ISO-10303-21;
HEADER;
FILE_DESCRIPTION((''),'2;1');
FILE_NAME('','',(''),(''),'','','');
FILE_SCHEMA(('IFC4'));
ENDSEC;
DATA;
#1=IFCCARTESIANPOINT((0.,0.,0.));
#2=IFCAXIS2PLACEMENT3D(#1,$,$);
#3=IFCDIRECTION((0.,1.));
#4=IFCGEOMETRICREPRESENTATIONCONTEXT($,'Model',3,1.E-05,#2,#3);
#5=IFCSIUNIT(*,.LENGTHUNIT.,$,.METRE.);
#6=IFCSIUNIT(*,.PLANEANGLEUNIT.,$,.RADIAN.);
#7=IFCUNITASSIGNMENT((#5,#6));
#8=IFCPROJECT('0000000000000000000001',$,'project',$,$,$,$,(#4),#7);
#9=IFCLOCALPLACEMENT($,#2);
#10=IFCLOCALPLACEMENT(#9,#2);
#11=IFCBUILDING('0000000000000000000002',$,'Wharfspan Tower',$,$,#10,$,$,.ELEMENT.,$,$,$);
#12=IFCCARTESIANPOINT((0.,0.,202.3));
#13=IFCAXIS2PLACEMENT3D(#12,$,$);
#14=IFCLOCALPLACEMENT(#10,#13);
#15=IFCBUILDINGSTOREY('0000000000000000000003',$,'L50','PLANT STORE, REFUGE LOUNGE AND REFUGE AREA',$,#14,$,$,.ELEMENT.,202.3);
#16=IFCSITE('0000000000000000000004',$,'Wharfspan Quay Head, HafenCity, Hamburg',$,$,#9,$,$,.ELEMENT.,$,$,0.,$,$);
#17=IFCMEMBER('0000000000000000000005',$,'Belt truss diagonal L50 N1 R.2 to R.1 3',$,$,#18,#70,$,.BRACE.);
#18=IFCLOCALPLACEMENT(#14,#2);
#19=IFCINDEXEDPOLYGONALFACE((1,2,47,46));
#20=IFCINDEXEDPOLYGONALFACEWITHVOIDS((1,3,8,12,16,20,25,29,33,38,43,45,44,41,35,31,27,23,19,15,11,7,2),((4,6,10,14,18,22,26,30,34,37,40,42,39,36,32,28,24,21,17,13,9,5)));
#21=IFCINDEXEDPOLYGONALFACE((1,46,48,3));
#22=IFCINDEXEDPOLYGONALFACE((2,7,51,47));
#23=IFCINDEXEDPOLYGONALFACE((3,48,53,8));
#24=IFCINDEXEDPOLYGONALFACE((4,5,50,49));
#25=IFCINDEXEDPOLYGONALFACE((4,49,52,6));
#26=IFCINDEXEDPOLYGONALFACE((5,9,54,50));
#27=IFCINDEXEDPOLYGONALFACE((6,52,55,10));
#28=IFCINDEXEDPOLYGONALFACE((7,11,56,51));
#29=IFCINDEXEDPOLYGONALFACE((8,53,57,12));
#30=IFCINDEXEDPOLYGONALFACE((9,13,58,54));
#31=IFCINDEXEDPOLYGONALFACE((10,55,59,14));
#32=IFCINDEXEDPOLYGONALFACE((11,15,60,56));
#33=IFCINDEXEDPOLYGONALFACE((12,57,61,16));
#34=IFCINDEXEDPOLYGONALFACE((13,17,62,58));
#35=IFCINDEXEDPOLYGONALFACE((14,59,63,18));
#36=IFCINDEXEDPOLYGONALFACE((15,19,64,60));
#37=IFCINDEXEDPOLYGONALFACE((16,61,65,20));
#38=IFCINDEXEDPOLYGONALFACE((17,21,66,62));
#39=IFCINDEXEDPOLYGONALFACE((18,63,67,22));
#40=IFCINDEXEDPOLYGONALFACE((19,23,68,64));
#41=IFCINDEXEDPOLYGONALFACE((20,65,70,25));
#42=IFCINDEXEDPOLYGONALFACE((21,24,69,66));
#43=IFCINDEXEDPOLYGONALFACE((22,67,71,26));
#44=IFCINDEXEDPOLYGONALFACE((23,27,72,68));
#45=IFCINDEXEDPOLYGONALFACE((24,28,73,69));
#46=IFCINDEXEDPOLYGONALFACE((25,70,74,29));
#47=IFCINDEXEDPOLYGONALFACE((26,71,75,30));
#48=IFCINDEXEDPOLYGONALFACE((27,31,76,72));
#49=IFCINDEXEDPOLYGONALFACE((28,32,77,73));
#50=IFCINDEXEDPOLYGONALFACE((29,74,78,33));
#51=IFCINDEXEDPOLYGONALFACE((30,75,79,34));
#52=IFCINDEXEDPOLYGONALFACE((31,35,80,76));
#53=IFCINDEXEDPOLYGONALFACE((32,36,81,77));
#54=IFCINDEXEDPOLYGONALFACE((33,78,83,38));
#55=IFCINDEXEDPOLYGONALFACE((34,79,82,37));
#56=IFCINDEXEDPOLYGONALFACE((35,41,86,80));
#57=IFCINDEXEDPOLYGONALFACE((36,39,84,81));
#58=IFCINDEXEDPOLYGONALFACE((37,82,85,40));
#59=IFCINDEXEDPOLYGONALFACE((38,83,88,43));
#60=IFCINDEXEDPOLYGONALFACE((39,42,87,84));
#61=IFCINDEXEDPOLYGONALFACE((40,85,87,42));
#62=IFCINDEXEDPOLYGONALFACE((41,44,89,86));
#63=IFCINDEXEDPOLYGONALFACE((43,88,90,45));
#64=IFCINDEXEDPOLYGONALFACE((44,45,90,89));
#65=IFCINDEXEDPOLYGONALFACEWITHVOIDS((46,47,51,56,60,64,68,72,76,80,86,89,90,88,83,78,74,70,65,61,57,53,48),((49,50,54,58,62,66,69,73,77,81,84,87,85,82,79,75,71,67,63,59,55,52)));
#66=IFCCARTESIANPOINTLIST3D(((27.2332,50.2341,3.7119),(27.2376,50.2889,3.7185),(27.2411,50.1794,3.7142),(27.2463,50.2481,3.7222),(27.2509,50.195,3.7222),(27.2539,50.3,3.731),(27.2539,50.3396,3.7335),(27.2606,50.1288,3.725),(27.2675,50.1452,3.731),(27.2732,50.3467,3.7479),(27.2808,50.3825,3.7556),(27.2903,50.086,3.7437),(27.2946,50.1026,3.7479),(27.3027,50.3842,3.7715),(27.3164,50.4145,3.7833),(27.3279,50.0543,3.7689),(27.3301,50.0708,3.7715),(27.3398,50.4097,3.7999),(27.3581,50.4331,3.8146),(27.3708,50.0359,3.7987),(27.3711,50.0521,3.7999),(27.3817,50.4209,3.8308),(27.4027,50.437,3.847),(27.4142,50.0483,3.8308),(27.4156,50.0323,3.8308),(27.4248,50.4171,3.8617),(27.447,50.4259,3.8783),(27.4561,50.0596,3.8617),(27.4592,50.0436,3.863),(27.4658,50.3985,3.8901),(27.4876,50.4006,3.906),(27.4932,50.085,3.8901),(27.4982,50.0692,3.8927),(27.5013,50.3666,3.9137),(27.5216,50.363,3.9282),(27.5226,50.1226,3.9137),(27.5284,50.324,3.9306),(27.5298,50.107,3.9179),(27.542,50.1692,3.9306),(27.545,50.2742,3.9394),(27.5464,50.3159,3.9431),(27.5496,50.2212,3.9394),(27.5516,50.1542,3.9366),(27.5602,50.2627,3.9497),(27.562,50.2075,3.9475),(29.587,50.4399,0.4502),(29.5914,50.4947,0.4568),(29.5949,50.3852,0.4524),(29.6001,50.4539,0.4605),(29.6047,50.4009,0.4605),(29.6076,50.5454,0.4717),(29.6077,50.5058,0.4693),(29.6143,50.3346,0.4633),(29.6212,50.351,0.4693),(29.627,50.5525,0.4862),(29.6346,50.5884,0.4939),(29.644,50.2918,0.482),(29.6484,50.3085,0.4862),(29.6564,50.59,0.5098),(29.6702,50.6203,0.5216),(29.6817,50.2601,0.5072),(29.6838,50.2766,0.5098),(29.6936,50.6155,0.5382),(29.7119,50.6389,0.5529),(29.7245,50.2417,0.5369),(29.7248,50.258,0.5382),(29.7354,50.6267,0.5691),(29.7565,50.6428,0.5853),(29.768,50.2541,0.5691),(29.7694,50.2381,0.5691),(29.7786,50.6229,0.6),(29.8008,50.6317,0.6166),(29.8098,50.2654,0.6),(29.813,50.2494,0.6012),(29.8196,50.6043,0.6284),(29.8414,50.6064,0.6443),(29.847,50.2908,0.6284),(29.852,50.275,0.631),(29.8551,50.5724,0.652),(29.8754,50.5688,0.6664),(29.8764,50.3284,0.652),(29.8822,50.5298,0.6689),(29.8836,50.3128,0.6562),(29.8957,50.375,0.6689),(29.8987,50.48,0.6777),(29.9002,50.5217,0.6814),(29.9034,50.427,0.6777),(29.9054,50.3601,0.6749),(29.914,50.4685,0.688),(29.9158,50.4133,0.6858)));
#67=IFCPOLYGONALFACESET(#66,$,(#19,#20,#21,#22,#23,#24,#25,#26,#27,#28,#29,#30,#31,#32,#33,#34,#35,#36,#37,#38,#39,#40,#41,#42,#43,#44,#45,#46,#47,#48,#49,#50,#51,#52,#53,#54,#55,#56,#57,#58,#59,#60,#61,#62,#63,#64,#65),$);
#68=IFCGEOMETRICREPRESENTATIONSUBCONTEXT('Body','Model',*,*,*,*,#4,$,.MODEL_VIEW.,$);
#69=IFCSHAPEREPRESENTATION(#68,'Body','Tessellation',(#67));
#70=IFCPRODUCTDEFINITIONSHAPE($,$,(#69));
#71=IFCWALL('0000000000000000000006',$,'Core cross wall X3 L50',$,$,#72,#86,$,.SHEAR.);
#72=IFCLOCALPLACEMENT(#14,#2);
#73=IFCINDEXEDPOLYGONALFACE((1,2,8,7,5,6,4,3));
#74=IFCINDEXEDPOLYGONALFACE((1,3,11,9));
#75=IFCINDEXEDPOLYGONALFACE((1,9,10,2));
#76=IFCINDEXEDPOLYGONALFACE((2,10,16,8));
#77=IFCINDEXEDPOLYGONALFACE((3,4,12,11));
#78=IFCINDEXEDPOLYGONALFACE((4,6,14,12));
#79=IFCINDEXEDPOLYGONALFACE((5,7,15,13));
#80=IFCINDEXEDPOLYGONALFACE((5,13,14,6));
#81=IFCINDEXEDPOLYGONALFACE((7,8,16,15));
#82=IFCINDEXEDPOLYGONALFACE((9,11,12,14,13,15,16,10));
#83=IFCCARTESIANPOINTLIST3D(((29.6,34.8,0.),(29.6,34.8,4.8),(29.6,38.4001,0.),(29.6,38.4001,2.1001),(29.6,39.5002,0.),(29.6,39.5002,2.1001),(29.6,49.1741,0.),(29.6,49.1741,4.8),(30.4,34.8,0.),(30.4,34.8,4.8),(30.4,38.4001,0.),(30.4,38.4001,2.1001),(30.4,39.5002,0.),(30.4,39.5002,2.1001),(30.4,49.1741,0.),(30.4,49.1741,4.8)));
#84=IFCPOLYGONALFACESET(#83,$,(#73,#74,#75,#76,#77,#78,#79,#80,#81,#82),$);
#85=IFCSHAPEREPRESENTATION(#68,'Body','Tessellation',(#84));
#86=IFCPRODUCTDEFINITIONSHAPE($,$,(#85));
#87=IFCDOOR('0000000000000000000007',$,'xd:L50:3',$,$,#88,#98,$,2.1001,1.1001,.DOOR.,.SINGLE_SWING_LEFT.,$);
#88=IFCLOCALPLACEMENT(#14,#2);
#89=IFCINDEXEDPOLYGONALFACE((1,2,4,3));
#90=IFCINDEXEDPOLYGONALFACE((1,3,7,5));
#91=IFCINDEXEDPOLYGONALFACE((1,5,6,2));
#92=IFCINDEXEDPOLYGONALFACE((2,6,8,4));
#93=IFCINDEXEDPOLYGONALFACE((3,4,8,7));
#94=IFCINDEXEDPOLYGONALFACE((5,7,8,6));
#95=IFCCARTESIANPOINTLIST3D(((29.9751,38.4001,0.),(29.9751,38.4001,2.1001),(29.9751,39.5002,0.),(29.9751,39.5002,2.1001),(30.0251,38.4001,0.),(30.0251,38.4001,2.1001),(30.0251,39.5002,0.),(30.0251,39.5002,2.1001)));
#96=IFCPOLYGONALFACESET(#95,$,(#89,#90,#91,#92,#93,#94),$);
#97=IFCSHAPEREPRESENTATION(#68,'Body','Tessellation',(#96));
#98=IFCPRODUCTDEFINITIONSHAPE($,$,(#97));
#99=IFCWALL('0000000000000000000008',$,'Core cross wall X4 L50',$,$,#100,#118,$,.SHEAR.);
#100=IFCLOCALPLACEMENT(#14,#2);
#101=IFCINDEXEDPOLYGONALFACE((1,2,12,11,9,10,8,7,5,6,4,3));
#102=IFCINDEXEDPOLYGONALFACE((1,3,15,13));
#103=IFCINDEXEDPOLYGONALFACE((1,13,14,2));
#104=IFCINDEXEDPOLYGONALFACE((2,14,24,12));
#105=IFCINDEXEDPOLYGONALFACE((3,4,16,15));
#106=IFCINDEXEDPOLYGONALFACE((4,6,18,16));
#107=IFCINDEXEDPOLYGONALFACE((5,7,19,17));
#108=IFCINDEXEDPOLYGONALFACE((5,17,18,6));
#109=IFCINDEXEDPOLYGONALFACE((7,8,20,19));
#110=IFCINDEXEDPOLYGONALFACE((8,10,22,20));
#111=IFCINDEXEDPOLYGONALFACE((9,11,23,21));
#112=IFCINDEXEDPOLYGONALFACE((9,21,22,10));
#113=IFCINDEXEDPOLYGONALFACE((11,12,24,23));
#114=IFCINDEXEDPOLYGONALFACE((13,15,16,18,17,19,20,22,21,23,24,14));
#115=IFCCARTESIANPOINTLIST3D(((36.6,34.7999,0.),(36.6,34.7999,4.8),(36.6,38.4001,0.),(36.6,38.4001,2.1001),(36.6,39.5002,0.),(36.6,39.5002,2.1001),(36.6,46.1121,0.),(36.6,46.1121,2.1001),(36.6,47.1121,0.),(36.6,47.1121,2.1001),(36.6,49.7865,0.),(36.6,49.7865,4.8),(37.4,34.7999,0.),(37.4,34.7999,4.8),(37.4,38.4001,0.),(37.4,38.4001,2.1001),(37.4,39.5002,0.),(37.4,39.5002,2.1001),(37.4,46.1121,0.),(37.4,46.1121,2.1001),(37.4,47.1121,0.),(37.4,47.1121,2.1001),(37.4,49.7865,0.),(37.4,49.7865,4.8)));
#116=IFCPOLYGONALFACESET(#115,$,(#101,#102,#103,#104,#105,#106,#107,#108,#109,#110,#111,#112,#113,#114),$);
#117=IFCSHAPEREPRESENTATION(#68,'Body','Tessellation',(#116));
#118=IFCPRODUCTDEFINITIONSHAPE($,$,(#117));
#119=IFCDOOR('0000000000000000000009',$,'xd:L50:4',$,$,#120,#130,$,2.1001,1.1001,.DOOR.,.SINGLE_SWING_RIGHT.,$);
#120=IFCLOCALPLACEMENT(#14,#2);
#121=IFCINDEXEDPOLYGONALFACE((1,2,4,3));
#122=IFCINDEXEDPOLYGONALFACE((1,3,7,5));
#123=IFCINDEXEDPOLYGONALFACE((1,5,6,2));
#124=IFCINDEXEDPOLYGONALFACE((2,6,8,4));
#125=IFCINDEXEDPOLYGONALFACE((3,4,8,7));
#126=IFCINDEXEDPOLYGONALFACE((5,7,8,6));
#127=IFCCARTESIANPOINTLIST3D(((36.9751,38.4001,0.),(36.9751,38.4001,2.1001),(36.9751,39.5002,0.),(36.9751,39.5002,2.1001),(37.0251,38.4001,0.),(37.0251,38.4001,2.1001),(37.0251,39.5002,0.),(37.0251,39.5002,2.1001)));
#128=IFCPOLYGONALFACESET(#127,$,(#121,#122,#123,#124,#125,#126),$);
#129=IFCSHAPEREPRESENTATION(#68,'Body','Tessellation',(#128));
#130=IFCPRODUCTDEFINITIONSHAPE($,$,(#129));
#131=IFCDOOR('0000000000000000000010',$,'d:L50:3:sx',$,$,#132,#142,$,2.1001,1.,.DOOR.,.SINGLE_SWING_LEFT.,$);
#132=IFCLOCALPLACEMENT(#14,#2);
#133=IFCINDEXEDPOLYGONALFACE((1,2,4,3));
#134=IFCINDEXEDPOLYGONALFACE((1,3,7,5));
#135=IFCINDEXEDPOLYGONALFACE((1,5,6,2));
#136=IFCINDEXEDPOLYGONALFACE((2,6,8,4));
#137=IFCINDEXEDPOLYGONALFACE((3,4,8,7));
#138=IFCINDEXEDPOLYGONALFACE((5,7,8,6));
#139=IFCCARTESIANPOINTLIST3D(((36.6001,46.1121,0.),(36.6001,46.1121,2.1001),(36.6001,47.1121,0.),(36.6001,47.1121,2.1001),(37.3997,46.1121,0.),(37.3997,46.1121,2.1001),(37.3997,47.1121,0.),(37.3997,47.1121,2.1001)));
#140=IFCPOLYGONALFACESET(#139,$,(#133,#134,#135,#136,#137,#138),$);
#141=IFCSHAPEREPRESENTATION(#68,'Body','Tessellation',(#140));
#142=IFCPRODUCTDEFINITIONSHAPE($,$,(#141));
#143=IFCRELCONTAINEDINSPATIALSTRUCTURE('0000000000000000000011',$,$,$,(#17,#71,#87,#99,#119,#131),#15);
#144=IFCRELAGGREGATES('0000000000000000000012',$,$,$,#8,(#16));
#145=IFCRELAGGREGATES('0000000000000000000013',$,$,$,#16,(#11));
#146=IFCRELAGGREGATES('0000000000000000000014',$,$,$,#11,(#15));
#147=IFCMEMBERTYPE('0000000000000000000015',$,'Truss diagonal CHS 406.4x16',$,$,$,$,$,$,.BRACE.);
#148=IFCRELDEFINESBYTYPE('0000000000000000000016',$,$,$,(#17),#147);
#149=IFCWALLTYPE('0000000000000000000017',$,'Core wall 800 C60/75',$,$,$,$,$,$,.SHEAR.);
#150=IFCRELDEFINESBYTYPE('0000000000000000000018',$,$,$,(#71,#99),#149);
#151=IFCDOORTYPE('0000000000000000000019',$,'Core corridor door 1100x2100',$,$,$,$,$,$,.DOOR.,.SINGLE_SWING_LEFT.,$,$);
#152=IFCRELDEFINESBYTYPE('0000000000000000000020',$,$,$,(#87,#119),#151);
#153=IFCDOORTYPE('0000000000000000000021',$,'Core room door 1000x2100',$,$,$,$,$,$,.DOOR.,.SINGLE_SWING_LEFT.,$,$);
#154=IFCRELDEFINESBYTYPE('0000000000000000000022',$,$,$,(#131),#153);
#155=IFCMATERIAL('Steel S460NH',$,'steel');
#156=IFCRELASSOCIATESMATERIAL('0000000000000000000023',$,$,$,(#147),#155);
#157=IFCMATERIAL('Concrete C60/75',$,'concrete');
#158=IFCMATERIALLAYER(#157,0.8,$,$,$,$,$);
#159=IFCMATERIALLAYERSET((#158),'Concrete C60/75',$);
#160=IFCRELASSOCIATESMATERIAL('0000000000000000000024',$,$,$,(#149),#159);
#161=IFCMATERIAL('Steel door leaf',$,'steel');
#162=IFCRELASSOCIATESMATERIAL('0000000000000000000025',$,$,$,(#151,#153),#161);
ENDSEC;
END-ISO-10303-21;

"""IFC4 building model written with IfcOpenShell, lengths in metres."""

from ifc_helpers import new_model, si_unit, direction, frame, frame_2d, origin, origin_2d, place, context, subcontext, project, spatial, rectangle, hollow_circle, extrude, material, layer, layer_set, material_profile, profile_set, type_object, element, fill, save


model = new_model("IFC4")

# Units and contexts
model_context = context("Model", 3, precision=1e-05, world=origin(), true_north=direction((0.0, 1.0)))
body_context = subcontext(model_context, "Body", "Model", "MODEL_VIEW")
ifc_project = project(units=[si_unit("LENGTHUNIT", "METRE"), si_unit("PLANEANGLEUNIT", "RADIAN")], contexts=[model_context])

# Site, building, storey
site_placement = place(None, origin())
site = spatial("IfcSite", under=ifc_project, at=site_placement, Name="Wharfspan Quay Head, HafenCity, Hamburg", CompositionType="ELEMENT", RefElevation=0.0)
building_placement = place(site_placement, origin())
building = spatial("IfcBuilding", under=site, at=building_placement, Name="Wharfspan Tower", CompositionType="ELEMENT")
storey_placement = place(building_placement, frame((0.0, 0.0, 202.3)))
storey = spatial("IfcBuildingStorey", under=building, at=storey_placement, Name="L50", Description="PLANT STORE, REFUGE LOUNGE AND REFUGE AREA", CompositionType="ELEMENT", Elevation=202.3)

# Member
ifc_material_1 = material(Name="Steel S460NH", Category="steel")
ifc_material_profile_1 = material_profile(ifc_material_1, hollow_circle(Radius=0.2031, WallThickness=0.0161, at=origin_2d()))
ifc_profile_set_1 = profile_set([ifc_material_profile_1], Name="Steel S460NH")
member_type = type_object("IfcMemberType", Name="Truss diagonal CHS 406.4x16", PredefinedType="BRACE", material=ifc_profile_set_1)
member_placement = place(storey_placement, frame((29.7517, 50.4404, 0.5691), z_axis=(-0.584411, -0.0511, 0.809847), x_axis=(0.08711, -0.996196, 0.000003)))
element("IfcMember", 1, at=member_placement, inside=storey, type_object=member_type, Name="Belt truss diagonal L50 N1 R.2 to R.1 3", PredefinedType="BRACE", context=body_context, shape_type="SweptSolid", body=[
    extrude(hollow_circle(Radius=0.2031, WallThickness=0.0161, at=origin_2d()), origin(), (0.0, 0.0, 1.0), 4.0276),
])

# Wall, opening, door
ifc_material_2 = material(Name="Concrete C60/75", Category="concrete")
ifc_layer_1 = layer(ifc_material_2, 0.8)
ifc_layer_set_1 = layer_set([ifc_layer_1], Name="Concrete C60/75")
wall_type_1 = type_object("IfcWallType", Name="Core wall 800 C60/75", PredefinedType="SHEAR", material=ifc_layer_set_1)
wall_1_placement = place(storey_placement, frame((30.0, 34.8, 0.0), z_axis=(0.0, 0.0, 1.0), x_axis=(0.0, 1.0, 0.0)))
wall_1 = element("IfcWall", 2, at=wall_1_placement, inside=storey, type_object=wall_type_1, Name="Core cross wall X3 L50", PredefinedType="SHEAR", context=body_context, shape_type="SweptSolid", body=[
    extrude(rectangle(XDim=14.374, YDim=0.8, at=frame_2d((7.187, 0.0))), origin(), (0.0, 0.0, 1.0), 4.8),
])
opening_1_placement = place(wall_1_placement, frame((3.6001, 0.0, 0.0)))
opening_1 = element("IfcOpeningElement", 3, at=opening_1_placement, cuts=wall_1, PredefinedType="OPENING", context=body_context, shape_type="SweptSolid", body=[
    extrude(rectangle(XDim=1.1001, YDim=2.1001, at=frame_2d((0.55, 1.05))), frame((0.0, 0.4099, 0.0), z_axis=(0.0, -1.0, 0.0), x_axis=(1.0, 0.0, 0.0)), (0.0, 0.0, 1.0), 0.8201),
])
ifc_material_3 = material(Name="Steel door leaf", Category="steel")
door_type_1 = type_object("IfcDoorType", Name="Core corridor door 1100x2100", OperationType="SINGLE_SWING_LEFT", PredefinedType="DOOR", material=ifc_material_3)
door_1_placement = place(opening_1_placement, origin())
door_1 = element("IfcDoor", 4, at=door_1_placement, inside=storey, type_object=door_type_1, Name="xd:L50:3", OperationType="SINGLE_SWING_LEFT", OverallHeight=2.1001, OverallWidth=1.1001, PredefinedType="DOOR", context=body_context, shape_type="SweptSolid", body=[
    extrude(rectangle(XDim=1.1001, YDim=2.1001, at=frame_2d((0.55, 1.05))), frame((0.0, 0.0249, 0.0), z_axis=(0.0, -1.0, 0.0), x_axis=(1.0, 0.0, 0.0)), (0.0, 0.0, 1.0), 0.05),
])
fill(opening_1, door_1)

# Wall, openings, doors
wall_2_placement = place(storey_placement, frame((37.0, 34.8, 0.0), z_axis=(0.0, 0.0, 1.0), x_axis=(0.0, 1.0, 0.0)))
wall_2 = element("IfcWall", 5, at=wall_2_placement, inside=storey, type_object=wall_type_1, Name="Core cross wall X4 L50", PredefinedType="SHEAR", context=body_context, shape_type="SweptSolid", body=[
    extrude(rectangle(XDim=14.9866, YDim=0.8, at=frame_2d((7.4932, 0.0))), origin(), (0.0, 0.0, 1.0), 4.8),
])
opening_2_placement = place(wall_2_placement, frame((11.312, 0.0, 0.0)))
opening_2 = element("IfcOpeningElement", 6, at=opening_2_placement, cuts=wall_2, PredefinedType="OPENING", context=body_context, shape_type="SweptSolid", body=[
    extrude(rectangle(XDim=1.0, YDim=2.1001, at=frame_2d((0.5, 1.05))), frame((0.0, 0.4099, 0.0), z_axis=(0.0, -1.0, 0.0), x_axis=(1.0, 0.0, 0.0)), (0.0, 0.0, 1.0), 0.8201),
])
opening_3_placement = place(wall_2_placement, frame((3.6001, 0.0, 0.0)))
opening_3 = element("IfcOpeningElement", 7, at=opening_3_placement, cuts=wall_2, PredefinedType="OPENING", context=body_context, shape_type="SweptSolid", body=[
    extrude(rectangle(XDim=1.1001, YDim=2.1001, at=frame_2d((0.55, 1.05))), frame((0.0, 0.4099, 0.0), z_axis=(0.0, -1.0, 0.0), x_axis=(1.0, 0.0, 0.0)), (0.0, 0.0, 1.0), 0.8201),
])
door_2_placement = place(opening_3_placement, origin())
door_2 = element("IfcDoor", 8, at=door_2_placement, inside=storey, type_object=door_type_1, Name="xd:L50:4", OperationType="SINGLE_SWING_RIGHT", OverallHeight=2.1001, OverallWidth=1.1001, PredefinedType="DOOR", context=body_context, shape_type="SweptSolid", body=[
    extrude(rectangle(XDim=1.1001, YDim=2.1001, at=frame_2d((0.55, 1.05))), frame((0.0, 0.0249, 0.0), z_axis=(0.0, -1.0, 0.0), x_axis=(1.0, 0.0, 0.0)), (0.0, 0.0, 1.0), 0.05),
])
fill(opening_3, door_2)
door_type_2 = type_object("IfcDoorType", Name="Core room door 1000x2100", OperationType="SINGLE_SWING_LEFT", PredefinedType="DOOR", material=ifc_material_3)
door_3_placement = place(opening_2_placement, origin())
door_3 = element("IfcDoor", 9, at=door_3_placement, inside=storey, type_object=door_type_2, Name="d:L50:3:sx", OperationType="SINGLE_SWING_LEFT", OverallHeight=2.1001, OverallWidth=1.0, PredefinedType="DOOR", context=body_context, shape_type="SweptSolid", body=[
    extrude(rectangle(XDim=1.0, YDim=2.1001, at=frame_2d((0.5, 1.05))), frame((0.0, 0.3999, 0.0), z_axis=(0.0, -1.0, 0.0), x_axis=(1.0, 0.0, 0.0)), (0.0, 0.0, 1.0), 0.7996),
])
fill(opening_2, door_3)

save(model, "model.ifc")
